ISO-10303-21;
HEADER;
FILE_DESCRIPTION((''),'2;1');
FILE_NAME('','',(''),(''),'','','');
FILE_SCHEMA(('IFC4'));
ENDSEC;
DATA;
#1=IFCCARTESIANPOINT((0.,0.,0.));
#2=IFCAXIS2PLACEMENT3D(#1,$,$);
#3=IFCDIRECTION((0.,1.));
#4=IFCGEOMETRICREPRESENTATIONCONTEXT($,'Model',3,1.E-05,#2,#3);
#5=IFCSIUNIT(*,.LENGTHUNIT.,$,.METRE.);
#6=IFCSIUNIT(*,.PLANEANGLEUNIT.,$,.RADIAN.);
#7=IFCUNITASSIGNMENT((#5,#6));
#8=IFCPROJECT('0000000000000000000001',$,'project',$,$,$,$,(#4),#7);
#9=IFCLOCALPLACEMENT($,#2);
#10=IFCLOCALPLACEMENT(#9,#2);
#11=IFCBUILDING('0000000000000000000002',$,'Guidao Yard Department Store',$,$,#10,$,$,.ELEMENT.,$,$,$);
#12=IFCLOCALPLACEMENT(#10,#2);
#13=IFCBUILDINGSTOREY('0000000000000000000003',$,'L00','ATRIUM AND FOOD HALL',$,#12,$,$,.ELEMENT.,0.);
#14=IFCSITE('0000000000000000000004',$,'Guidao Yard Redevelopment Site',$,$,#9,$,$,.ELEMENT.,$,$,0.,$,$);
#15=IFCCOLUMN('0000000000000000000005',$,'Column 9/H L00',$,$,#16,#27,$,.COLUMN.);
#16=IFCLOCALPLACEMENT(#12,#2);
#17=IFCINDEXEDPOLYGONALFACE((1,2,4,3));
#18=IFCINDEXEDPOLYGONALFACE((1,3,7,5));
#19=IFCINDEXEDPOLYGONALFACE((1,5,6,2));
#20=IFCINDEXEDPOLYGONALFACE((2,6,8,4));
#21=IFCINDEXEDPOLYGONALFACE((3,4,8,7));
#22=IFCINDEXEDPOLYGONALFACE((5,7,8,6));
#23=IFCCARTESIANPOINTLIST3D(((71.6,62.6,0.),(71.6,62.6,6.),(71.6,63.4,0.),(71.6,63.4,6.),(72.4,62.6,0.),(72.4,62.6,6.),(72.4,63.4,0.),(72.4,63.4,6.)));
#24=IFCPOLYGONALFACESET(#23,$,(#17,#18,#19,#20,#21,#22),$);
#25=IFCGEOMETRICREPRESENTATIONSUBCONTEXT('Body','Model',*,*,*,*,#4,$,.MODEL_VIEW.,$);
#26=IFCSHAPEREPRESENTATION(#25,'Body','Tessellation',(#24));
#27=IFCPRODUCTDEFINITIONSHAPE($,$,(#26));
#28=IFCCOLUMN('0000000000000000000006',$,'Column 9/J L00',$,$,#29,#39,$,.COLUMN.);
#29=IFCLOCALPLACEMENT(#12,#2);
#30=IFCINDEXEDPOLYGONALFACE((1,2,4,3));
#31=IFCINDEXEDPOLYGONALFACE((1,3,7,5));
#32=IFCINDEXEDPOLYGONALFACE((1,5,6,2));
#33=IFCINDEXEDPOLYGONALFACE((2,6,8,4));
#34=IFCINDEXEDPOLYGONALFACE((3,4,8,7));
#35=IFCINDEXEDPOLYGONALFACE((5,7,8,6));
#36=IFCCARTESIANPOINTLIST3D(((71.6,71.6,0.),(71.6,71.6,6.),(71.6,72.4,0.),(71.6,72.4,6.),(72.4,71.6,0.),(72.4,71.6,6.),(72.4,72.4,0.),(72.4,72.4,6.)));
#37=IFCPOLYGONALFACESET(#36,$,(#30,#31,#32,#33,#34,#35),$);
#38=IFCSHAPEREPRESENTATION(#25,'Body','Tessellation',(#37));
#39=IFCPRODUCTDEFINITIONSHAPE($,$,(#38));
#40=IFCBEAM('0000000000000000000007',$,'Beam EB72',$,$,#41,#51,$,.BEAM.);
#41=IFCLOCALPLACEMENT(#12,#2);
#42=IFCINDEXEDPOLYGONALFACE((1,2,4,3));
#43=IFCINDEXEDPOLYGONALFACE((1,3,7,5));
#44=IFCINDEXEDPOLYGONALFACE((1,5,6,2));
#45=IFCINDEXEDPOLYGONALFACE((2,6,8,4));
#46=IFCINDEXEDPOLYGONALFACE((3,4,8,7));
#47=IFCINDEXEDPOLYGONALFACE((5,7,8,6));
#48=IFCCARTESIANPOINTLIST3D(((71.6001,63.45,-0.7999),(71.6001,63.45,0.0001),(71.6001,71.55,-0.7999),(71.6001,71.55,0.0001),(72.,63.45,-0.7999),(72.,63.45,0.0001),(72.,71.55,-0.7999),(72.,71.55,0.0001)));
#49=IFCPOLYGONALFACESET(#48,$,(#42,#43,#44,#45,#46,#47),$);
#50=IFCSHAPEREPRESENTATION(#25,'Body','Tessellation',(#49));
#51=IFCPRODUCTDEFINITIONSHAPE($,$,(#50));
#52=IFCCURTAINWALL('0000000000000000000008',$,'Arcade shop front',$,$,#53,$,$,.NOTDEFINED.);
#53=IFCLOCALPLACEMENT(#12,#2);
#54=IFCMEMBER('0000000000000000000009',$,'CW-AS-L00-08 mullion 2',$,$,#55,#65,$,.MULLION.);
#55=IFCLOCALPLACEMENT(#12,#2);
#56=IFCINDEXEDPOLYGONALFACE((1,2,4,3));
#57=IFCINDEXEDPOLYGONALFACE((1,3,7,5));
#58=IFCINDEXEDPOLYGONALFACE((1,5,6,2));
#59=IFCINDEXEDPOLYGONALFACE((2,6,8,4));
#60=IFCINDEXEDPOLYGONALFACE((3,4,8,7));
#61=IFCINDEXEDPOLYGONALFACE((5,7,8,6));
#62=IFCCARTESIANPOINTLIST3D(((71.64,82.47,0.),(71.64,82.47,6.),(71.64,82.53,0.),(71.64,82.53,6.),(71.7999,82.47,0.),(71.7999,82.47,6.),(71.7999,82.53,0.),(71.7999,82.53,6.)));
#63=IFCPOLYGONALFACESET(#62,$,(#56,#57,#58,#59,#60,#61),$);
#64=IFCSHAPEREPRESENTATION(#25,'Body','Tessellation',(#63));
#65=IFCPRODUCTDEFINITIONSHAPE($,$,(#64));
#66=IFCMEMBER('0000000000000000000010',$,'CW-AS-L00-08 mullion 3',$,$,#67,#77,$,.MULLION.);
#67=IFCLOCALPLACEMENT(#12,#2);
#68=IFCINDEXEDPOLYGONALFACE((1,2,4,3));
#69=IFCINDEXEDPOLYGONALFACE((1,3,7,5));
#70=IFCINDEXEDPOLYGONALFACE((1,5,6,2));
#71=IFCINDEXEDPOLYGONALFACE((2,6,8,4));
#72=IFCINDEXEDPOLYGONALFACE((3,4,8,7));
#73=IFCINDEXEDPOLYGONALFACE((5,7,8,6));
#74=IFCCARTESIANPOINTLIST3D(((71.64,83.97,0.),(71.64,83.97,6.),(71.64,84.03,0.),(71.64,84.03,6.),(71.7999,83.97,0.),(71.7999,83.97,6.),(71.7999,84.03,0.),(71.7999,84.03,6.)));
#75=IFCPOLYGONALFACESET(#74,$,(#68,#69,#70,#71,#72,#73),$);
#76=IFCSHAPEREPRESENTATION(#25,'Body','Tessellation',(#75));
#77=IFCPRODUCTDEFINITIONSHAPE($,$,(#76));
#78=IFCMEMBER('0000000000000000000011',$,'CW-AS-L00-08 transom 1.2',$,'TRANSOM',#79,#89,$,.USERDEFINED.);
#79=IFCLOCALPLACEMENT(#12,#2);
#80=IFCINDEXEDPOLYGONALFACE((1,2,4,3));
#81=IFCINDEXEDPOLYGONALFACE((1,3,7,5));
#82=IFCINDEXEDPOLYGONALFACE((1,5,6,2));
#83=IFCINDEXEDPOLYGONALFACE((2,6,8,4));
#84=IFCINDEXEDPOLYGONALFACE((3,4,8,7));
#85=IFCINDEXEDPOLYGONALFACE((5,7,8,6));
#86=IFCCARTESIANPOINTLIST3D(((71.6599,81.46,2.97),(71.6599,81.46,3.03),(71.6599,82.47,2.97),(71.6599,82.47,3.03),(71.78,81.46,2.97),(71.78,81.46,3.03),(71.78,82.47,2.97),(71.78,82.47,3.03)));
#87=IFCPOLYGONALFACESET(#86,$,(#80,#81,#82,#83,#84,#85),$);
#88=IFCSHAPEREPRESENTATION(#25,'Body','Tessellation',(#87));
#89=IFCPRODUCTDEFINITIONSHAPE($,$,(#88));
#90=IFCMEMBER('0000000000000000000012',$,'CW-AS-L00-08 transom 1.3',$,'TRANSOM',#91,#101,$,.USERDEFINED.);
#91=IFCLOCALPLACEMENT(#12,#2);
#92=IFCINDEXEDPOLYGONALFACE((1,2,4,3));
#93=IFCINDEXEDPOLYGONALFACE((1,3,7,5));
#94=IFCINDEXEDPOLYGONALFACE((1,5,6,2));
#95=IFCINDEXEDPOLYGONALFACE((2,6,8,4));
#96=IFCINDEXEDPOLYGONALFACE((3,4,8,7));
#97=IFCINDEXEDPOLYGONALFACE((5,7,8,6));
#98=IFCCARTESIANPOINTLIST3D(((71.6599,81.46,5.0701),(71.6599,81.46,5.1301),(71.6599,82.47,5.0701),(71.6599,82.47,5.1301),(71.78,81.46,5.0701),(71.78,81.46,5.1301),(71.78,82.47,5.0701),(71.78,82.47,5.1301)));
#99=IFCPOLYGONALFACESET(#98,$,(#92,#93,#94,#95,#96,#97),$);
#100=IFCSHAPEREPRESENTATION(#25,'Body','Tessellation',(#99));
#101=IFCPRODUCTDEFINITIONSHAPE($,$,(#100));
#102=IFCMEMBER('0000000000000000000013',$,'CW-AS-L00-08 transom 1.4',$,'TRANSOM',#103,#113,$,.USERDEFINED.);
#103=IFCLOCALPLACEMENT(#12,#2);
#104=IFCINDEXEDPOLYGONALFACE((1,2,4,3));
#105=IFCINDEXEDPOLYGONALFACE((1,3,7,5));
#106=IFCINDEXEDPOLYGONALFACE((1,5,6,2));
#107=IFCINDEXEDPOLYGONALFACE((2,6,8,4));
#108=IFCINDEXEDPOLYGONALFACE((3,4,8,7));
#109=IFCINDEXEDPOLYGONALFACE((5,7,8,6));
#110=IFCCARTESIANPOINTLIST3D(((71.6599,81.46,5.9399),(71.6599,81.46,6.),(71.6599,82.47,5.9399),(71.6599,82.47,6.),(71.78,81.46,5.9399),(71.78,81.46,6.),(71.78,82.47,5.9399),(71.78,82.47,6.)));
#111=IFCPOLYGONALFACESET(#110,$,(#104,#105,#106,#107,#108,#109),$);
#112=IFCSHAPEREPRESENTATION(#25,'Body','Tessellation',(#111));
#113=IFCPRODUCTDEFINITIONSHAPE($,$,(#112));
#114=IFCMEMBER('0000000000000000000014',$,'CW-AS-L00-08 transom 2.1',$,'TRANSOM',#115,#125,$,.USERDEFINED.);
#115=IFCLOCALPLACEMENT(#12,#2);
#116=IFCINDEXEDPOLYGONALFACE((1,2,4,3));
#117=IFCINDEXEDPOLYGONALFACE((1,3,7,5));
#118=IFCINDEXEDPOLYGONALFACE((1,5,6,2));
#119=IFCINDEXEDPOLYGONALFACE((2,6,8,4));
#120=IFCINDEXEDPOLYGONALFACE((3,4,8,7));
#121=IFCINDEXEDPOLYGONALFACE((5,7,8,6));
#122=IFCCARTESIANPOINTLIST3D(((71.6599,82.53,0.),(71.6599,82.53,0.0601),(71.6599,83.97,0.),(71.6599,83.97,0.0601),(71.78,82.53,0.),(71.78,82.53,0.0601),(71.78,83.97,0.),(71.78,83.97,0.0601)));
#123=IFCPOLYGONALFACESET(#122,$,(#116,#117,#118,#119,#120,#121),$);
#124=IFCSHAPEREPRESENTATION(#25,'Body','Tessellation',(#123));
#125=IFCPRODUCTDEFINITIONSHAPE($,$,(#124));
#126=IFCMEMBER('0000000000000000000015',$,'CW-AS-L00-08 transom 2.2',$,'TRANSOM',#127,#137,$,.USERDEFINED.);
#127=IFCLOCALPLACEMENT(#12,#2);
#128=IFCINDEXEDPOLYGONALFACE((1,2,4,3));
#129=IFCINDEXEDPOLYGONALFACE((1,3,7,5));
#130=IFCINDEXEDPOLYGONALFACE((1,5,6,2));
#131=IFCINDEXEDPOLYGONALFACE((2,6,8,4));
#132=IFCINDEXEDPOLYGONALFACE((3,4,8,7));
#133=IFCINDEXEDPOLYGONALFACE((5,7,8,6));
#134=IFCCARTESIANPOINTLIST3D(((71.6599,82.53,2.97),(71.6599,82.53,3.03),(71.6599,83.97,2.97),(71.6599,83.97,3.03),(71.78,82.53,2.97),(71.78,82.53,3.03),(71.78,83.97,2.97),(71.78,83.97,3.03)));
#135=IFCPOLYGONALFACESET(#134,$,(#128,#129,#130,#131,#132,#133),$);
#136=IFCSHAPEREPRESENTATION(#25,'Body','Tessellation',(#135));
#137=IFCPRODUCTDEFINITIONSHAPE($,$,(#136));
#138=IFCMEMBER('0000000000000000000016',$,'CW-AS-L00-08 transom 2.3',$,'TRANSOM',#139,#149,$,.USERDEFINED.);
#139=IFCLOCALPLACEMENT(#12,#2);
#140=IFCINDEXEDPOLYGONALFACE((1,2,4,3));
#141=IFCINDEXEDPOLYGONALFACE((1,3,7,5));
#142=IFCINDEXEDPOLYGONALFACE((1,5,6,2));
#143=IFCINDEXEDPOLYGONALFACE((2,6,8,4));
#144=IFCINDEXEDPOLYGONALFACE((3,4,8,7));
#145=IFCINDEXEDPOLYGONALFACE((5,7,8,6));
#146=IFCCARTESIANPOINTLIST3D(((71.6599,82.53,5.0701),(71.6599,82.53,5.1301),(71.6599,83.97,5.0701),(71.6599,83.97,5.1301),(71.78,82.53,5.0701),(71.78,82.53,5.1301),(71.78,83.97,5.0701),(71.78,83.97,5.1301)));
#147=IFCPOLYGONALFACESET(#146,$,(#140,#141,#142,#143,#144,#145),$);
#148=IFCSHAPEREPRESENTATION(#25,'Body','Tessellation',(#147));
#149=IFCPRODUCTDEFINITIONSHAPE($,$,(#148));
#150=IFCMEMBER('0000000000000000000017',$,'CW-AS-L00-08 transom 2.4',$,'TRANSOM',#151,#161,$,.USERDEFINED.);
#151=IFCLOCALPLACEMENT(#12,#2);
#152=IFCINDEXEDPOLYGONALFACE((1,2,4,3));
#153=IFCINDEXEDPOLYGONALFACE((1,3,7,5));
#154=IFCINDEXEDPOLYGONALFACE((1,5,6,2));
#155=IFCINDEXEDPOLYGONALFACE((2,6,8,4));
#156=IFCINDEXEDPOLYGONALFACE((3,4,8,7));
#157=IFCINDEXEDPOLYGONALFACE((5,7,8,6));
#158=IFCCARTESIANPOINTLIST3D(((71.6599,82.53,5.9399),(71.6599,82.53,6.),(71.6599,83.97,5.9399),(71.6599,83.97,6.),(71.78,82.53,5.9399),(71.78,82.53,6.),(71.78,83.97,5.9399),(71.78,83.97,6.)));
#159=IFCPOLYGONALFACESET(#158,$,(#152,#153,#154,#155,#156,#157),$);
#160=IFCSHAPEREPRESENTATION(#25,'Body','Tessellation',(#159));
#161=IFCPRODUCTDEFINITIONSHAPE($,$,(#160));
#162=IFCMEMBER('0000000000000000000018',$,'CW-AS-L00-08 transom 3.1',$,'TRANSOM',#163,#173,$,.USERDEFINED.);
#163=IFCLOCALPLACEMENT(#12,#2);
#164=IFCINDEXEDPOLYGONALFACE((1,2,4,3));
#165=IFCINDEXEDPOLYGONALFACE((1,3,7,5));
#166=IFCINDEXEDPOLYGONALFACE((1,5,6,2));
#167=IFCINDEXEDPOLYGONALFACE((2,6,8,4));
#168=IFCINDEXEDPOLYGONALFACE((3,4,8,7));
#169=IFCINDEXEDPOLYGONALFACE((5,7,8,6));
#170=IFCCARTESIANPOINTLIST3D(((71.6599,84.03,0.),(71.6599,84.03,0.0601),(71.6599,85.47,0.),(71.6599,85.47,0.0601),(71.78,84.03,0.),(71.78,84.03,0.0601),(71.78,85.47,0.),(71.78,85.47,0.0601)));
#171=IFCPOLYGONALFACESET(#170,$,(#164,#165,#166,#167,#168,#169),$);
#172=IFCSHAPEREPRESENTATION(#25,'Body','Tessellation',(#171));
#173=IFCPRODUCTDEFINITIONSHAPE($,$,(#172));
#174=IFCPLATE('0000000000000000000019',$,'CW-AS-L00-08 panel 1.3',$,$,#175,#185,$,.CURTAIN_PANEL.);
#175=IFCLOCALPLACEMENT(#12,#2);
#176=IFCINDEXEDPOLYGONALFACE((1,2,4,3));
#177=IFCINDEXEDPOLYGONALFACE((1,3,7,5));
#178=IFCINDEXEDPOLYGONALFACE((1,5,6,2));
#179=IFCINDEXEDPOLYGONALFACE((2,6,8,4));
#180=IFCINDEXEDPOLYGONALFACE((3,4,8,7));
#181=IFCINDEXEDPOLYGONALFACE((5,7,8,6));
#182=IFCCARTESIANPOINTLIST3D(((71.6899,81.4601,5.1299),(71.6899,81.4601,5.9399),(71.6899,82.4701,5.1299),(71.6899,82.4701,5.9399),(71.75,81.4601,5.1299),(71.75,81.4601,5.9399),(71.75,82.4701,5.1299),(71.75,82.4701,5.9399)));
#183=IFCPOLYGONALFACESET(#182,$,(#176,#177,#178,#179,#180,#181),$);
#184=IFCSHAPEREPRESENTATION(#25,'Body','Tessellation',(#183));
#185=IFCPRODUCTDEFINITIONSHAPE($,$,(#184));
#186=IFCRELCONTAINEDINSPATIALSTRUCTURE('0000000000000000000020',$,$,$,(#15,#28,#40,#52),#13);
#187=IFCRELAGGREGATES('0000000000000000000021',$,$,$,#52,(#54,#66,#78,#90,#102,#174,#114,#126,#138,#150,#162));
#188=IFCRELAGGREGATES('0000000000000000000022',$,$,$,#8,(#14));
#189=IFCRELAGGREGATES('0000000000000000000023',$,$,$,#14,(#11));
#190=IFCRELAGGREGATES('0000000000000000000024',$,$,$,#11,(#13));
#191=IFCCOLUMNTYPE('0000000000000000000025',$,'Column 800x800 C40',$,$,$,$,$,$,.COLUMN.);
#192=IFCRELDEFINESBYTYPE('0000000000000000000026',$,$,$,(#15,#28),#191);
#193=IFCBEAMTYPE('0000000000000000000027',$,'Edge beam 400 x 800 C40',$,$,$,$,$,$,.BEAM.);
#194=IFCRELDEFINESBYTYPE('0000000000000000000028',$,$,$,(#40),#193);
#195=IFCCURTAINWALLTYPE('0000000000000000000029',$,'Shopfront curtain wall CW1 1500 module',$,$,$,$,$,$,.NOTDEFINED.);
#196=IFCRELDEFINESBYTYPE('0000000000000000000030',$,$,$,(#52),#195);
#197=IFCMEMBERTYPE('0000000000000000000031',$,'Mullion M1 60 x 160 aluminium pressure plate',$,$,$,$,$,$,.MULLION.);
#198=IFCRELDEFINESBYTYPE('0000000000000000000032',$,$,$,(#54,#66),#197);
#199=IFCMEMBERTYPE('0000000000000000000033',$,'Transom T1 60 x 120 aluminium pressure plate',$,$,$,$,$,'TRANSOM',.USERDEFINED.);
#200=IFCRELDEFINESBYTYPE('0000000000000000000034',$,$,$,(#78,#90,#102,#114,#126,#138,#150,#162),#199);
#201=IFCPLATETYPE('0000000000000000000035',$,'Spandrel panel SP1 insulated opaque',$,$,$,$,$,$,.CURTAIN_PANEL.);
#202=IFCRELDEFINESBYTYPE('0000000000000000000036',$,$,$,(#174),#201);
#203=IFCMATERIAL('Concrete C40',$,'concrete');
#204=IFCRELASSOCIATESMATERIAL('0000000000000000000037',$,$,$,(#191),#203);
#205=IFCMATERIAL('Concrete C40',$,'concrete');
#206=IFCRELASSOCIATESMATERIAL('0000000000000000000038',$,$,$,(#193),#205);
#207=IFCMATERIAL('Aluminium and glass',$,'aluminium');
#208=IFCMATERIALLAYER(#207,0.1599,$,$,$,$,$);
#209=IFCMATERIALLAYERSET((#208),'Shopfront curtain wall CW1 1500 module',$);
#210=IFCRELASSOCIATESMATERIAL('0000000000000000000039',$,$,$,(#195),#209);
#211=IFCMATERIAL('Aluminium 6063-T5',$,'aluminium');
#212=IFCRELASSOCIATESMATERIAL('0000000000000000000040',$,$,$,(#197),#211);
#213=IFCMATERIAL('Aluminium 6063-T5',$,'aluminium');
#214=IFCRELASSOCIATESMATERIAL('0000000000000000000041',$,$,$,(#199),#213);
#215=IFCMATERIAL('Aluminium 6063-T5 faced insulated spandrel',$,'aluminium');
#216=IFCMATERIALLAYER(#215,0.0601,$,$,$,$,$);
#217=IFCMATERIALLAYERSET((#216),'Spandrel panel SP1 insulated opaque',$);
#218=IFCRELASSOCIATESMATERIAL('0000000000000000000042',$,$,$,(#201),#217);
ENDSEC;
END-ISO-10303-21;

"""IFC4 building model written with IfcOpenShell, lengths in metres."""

from ifc_helpers import new_model, si_unit, direction, frame, origin, origin_2d, place, context, subcontext, project, spatial, rectangle, extrude, material, layer, layer_set, material_profile, profile_set, type_object, element, aggregate, save


model = new_model("IFC4")

# Units and contexts
model_context = context("Model", 3, precision=1e-05, world=origin(), true_north=direction((0.0, 1.0)))
body_context = subcontext(model_context, "Body", "Model", "MODEL_VIEW")
ifc_project = project(units=[si_unit("LENGTHUNIT", "METRE"), si_unit("PLANEANGLEUNIT", "RADIAN")], contexts=[model_context])

# Site, building, storey
site_placement = place(None, origin())
site = spatial("IfcSite", under=ifc_project, at=site_placement, Name="Guidao Yard Redevelopment Site", CompositionType="ELEMENT", RefElevation=0.0)
building_placement = place(site_placement, origin())
building = spatial("IfcBuilding", under=site, at=building_placement, Name="Guidao Yard Department Store", CompositionType="ELEMENT")
storey_placement = place(building_placement, origin())
storey = spatial("IfcBuildingStorey", under=building, at=storey_placement, Name="L00", Description="ATRIUM AND FOOD HALL", CompositionType="ELEMENT", Elevation=0.0)

# Columns
ifc_material_1 = material(Name="Concrete C40", Category="concrete")
ifc_material_profile_1 = material_profile(ifc_material_1, rectangle(XDim=0.8, YDim=0.8, at=origin_2d()), Name="COL 800x800")
ifc_profile_set_1 = profile_set([ifc_material_profile_1], Name="Concrete C40")
column_type = type_object("IfcColumnType", Name="Column 800x800 C40", PredefinedType="COLUMN", material=ifc_profile_set_1)
for number, where, z_axis, x_axis, name in (
    (1, (72.0, 63.0, 0.0), (0.0, 0.0, 1.0), (1.0, 0.0, 0.0), "Column 9/H L00"),
    (2, (72.0, 72.0, 0.0), (0.0, 0.0, 1.0), (1.0, 0.0, 0.0), "Column 9/J L00"),
):
    element("IfcColumn", number, at=place(storey_placement, frame(where, z_axis=z_axis, x_axis=x_axis)), inside=storey, type_object=column_type, Name=name, PredefinedType="COLUMN", context=body_context, shape_type="SweptSolid", body=[
        extrude(rectangle(XDim=0.8, YDim=0.8, at=origin_2d()), origin(), (0.0, 0.0, 1.0), 6.0),
    ])

# Beam
ifc_material_2 = material(Name="Concrete C40", Category="concrete")
ifc_material_profile_2 = material_profile(ifc_material_2, rectangle(XDim=0.3999, YDim=0.8, at=origin_2d()), Name="Edge beam 400 x 800 C40")
ifc_profile_set_2 = profile_set([ifc_material_profile_2], Name="Concrete C40")
beam_type = type_object("IfcBeamType", Name="Edge beam 400 x 800 C40", PredefinedType="BEAM", material=ifc_profile_set_2)
beam_placement = place(storey_placement, frame((71.8, 63.45, -0.3999), z_axis=(0.0, 1.0, 0.0), x_axis=(-1.0, 0.0, 0.0)))
element("IfcBeam", 3, at=beam_placement, inside=storey, type_object=beam_type, Name="Beam EB72", PredefinedType="BEAM", context=body_context, shape_type="SweptSolid", body=[
    extrude(rectangle(XDim=0.3999, YDim=0.8, at=origin_2d()), origin(), (0.0, 0.0, 1.0), 8.1001),
])

# Curtain wall, members, plate
ifc_material_3 = material(Name="Aluminium and glass", Category="aluminium")
ifc_layer_1 = layer(ifc_material_3, 0.1599)
ifc_layer_set_1 = layer_set([ifc_layer_1], Name="Shopfront curtain wall CW1 1500 module")
curtain_wall_type = type_object("IfcCurtainWallType", Name="Shopfront curtain wall CW1 1500 module", PredefinedType="NOTDEFINED", material=ifc_layer_set_1)
curtain_wall_placement = place(storey_placement, origin())
curtain_wall = element("IfcCurtainWall", 4, at=curtain_wall_placement, inside=storey, type_object=curtain_wall_type, Name="Arcade shop front", PredefinedType="NOTDEFINED")
ifc_material_4 = material(Name="Aluminium 6063-T5", Category="aluminium")
ifc_material_profile_3 = material_profile(ifc_material_4, rectangle(XDim=0.0601, YDim=0.1599, at=origin_2d()), Name="Mullion M1 60 x 160 aluminium pressure plate")
ifc_profile_set_3 = profile_set([ifc_material_profile_3], Name="Aluminium 6063-T5")
member_type_1 = type_object("IfcMemberType", Name="Mullion M1 60 x 160 aluminium pressure plate", PredefinedType="MULLION", material=ifc_profile_set_3)
member_1_placement = place(storey_placement, frame((71.72, 82.5, 0.0), z_axis=(0.0, 0.0, 1.0), x_axis=(0.0, 1.0, 0.0)))
member_1 = element("IfcMember", 5, at=member_1_placement, type_object=member_type_1, Name="CW-AS-L00-08 mullion 2", PredefinedType="MULLION", context=body_context, shape_type="SweptSolid", body=[
    extrude(rectangle(XDim=0.0601, YDim=0.1599, at=origin_2d()), origin(), (0.0, 0.0, 1.0), 6.0),
])
member_2_placement = place(storey_placement, frame((71.72, 84.0, 0.0), z_axis=(0.0, 0.0, 1.0), x_axis=(0.0, 1.0, 0.0)))
member_2 = element("IfcMember", 6, at=member_2_placement, type_object=member_type_1, Name="CW-AS-L00-08 mullion 3", PredefinedType="MULLION", context=body_context, shape_type="SweptSolid", body=[
    extrude(rectangle(XDim=0.0601, YDim=0.1599, at=origin_2d()), origin(), (0.0, 0.0, 1.0), 6.0),
])
ifc_material_5 = material(Name="Aluminium 6063-T5", Category="aluminium")
ifc_material_profile_4 = material_profile(ifc_material_5, rectangle(XDim=0.1201, YDim=0.0601, at=origin_2d()), Name="Transom T1 60 x 120 aluminium pressure plate")
ifc_profile_set_4 = profile_set([ifc_material_profile_4], Name="Aluminium 6063-T5")
member_type_2 = type_object("IfcMemberType", Name="Transom T1 60 x 120 aluminium pressure plate", ElementType="TRANSOM", PredefinedType="USERDEFINED", material=ifc_profile_set_4)
member_3_placement = place(storey_placement, frame((71.72, 81.46, 3.0), z_axis=(0.0, 1.0, 0.0), x_axis=(-1.0, 0.0, 0.0)))
member_3 = element("IfcMember", 7, at=member_3_placement, type_object=member_type_2, Name="CW-AS-L00-08 transom 1.2", ObjectType="TRANSOM", PredefinedType="USERDEFINED", context=body_context, shape_type="SweptSolid", body=[
    extrude(rectangle(XDim=0.1201, YDim=0.0601, at=origin_2d()), origin(), (0.0, 0.0, 1.0), 1.01),
])
member_4_placement = place(storey_placement, frame((71.72, 81.46, 5.1001), z_axis=(0.0, 1.0, 0.0), x_axis=(-1.0, 0.0, 0.0)))
member_4 = element("IfcMember", 8, at=member_4_placement, type_object=member_type_2, Name="CW-AS-L00-08 transom 1.3", ObjectType="TRANSOM", PredefinedType="USERDEFINED", context=body_context, shape_type="SweptSolid", body=[
    extrude(rectangle(XDim=0.1201, YDim=0.0601, at=origin_2d()), origin(), (0.0, 0.0, 1.0), 1.01),
])
member_5_placement = place(storey_placement, frame((71.72, 81.46, 5.97), z_axis=(0.0, 1.0, 0.0), x_axis=(-1.0, 0.0, 0.0)))
member_5 = element("IfcMember", 9, at=member_5_placement, type_object=member_type_2, Name="CW-AS-L00-08 transom 1.4", ObjectType="TRANSOM", PredefinedType="USERDEFINED", context=body_context, shape_type="SweptSolid", body=[
    extrude(rectangle(XDim=0.1201, YDim=0.0601, at=origin_2d()), origin(), (0.0, 0.0, 1.0), 1.01),
])
member_6_placement = place(storey_placement, frame((71.72, 82.53, 0.03), z_axis=(0.0, 1.0, 0.0), x_axis=(-1.0, 0.0, 0.0)))
member_6 = element("IfcMember", 10, at=member_6_placement, type_object=member_type_2, Name="CW-AS-L00-08 transom 2.1", ObjectType="TRANSOM", PredefinedType="USERDEFINED", context=body_context, shape_type="SweptSolid", body=[
    extrude(rectangle(XDim=0.1201, YDim=0.0601, at=origin_2d()), origin(), (0.0, 0.0, 1.0), 1.4399),
])
member_7_placement = place(storey_placement, frame((71.72, 82.53, 3.0), z_axis=(0.0, 1.0, 0.0), x_axis=(-1.0, 0.0, 0.0)))
member_7 = element("IfcMember", 11, at=member_7_placement, type_object=member_type_2, Name="CW-AS-L00-08 transom 2.2", ObjectType="TRANSOM", PredefinedType="USERDEFINED", context=body_context, shape_type="SweptSolid", body=[
    extrude(rectangle(XDim=0.1201, YDim=0.0601, at=origin_2d()), origin(), (0.0, 0.0, 1.0), 1.4399),
])
member_8_placement = place(storey_placement, frame((71.72, 82.53, 5.1001), z_axis=(0.0, 1.0, 0.0), x_axis=(-1.0, 0.0, 0.0)))
member_8 = element("IfcMember", 12, at=member_8_placement, type_object=member_type_2, Name="CW-AS-L00-08 transom 2.3", ObjectType="TRANSOM", PredefinedType="USERDEFINED", context=body_context, shape_type="SweptSolid", body=[
    extrude(rectangle(XDim=0.1201, YDim=0.0601, at=origin_2d()), origin(), (0.0, 0.0, 1.0), 1.4399),
])
member_9_placement = place(storey_placement, frame((71.72, 82.53, 5.97), z_axis=(0.0, 1.0, 0.0), x_axis=(-1.0, 0.0, 0.0)))
member_9 = element("IfcMember", 13, at=member_9_placement, type_object=member_type_2, Name="CW-AS-L00-08 transom 2.4", ObjectType="TRANSOM", PredefinedType="USERDEFINED", context=body_context, shape_type="SweptSolid", body=[
    extrude(rectangle(XDim=0.1201, YDim=0.0601, at=origin_2d()), origin(), (0.0, 0.0, 1.0), 1.4399),
])
member_10_placement = place(storey_placement, frame((71.72, 84.03, 0.03), z_axis=(0.0, 1.0, 0.0), x_axis=(-1.0, 0.0, 0.0)))
member_10 = element("IfcMember", 14, at=member_10_placement, type_object=member_type_2, Name="CW-AS-L00-08 transom 3.1", ObjectType="TRANSOM", PredefinedType="USERDEFINED", context=body_context, shape_type="SweptSolid", body=[
    extrude(rectangle(XDim=0.1201, YDim=0.0601, at=origin_2d()), origin(), (0.0, 0.0, 1.0), 1.4399),
])
ifc_material_6 = material(Name="Aluminium 6063-T5 faced insulated spandrel", Category="aluminium")
ifc_layer_2 = layer(ifc_material_6, 0.0601)
ifc_layer_set_2 = layer_set([ifc_layer_2], Name="Spandrel panel SP1 insulated opaque")
plate_type_1 = type_object("IfcPlateType", Name="Spandrel panel SP1 insulated opaque", PredefinedType="CURTAIN_PANEL", material=ifc_layer_set_2)
plate_1_placement = place(storey_placement, frame((71.72, 81.9651, 5.1299), z_axis=(0.0, 0.0, 1.0), x_axis=(0.0, 1.0, 0.0)))
plate_1 = element("IfcPlate", 15, at=plate_1_placement, type_object=plate_type_1, Name="CW-AS-L00-08 panel 1.3", PredefinedType="CURTAIN_PANEL", context=body_context, shape_type="SweptSolid", body=[
    extrude(rectangle(XDim=1.01, YDim=0.0601, at=origin_2d()), origin(), (0.0, 0.0, 1.0), 0.8101),
])
aggregate(curtain_wall, [member_1, member_2, member_3, member_4, member_5, plate_1, member_6, member_7, member_8, member_9, member_10])

save(model, "model.ifc")
